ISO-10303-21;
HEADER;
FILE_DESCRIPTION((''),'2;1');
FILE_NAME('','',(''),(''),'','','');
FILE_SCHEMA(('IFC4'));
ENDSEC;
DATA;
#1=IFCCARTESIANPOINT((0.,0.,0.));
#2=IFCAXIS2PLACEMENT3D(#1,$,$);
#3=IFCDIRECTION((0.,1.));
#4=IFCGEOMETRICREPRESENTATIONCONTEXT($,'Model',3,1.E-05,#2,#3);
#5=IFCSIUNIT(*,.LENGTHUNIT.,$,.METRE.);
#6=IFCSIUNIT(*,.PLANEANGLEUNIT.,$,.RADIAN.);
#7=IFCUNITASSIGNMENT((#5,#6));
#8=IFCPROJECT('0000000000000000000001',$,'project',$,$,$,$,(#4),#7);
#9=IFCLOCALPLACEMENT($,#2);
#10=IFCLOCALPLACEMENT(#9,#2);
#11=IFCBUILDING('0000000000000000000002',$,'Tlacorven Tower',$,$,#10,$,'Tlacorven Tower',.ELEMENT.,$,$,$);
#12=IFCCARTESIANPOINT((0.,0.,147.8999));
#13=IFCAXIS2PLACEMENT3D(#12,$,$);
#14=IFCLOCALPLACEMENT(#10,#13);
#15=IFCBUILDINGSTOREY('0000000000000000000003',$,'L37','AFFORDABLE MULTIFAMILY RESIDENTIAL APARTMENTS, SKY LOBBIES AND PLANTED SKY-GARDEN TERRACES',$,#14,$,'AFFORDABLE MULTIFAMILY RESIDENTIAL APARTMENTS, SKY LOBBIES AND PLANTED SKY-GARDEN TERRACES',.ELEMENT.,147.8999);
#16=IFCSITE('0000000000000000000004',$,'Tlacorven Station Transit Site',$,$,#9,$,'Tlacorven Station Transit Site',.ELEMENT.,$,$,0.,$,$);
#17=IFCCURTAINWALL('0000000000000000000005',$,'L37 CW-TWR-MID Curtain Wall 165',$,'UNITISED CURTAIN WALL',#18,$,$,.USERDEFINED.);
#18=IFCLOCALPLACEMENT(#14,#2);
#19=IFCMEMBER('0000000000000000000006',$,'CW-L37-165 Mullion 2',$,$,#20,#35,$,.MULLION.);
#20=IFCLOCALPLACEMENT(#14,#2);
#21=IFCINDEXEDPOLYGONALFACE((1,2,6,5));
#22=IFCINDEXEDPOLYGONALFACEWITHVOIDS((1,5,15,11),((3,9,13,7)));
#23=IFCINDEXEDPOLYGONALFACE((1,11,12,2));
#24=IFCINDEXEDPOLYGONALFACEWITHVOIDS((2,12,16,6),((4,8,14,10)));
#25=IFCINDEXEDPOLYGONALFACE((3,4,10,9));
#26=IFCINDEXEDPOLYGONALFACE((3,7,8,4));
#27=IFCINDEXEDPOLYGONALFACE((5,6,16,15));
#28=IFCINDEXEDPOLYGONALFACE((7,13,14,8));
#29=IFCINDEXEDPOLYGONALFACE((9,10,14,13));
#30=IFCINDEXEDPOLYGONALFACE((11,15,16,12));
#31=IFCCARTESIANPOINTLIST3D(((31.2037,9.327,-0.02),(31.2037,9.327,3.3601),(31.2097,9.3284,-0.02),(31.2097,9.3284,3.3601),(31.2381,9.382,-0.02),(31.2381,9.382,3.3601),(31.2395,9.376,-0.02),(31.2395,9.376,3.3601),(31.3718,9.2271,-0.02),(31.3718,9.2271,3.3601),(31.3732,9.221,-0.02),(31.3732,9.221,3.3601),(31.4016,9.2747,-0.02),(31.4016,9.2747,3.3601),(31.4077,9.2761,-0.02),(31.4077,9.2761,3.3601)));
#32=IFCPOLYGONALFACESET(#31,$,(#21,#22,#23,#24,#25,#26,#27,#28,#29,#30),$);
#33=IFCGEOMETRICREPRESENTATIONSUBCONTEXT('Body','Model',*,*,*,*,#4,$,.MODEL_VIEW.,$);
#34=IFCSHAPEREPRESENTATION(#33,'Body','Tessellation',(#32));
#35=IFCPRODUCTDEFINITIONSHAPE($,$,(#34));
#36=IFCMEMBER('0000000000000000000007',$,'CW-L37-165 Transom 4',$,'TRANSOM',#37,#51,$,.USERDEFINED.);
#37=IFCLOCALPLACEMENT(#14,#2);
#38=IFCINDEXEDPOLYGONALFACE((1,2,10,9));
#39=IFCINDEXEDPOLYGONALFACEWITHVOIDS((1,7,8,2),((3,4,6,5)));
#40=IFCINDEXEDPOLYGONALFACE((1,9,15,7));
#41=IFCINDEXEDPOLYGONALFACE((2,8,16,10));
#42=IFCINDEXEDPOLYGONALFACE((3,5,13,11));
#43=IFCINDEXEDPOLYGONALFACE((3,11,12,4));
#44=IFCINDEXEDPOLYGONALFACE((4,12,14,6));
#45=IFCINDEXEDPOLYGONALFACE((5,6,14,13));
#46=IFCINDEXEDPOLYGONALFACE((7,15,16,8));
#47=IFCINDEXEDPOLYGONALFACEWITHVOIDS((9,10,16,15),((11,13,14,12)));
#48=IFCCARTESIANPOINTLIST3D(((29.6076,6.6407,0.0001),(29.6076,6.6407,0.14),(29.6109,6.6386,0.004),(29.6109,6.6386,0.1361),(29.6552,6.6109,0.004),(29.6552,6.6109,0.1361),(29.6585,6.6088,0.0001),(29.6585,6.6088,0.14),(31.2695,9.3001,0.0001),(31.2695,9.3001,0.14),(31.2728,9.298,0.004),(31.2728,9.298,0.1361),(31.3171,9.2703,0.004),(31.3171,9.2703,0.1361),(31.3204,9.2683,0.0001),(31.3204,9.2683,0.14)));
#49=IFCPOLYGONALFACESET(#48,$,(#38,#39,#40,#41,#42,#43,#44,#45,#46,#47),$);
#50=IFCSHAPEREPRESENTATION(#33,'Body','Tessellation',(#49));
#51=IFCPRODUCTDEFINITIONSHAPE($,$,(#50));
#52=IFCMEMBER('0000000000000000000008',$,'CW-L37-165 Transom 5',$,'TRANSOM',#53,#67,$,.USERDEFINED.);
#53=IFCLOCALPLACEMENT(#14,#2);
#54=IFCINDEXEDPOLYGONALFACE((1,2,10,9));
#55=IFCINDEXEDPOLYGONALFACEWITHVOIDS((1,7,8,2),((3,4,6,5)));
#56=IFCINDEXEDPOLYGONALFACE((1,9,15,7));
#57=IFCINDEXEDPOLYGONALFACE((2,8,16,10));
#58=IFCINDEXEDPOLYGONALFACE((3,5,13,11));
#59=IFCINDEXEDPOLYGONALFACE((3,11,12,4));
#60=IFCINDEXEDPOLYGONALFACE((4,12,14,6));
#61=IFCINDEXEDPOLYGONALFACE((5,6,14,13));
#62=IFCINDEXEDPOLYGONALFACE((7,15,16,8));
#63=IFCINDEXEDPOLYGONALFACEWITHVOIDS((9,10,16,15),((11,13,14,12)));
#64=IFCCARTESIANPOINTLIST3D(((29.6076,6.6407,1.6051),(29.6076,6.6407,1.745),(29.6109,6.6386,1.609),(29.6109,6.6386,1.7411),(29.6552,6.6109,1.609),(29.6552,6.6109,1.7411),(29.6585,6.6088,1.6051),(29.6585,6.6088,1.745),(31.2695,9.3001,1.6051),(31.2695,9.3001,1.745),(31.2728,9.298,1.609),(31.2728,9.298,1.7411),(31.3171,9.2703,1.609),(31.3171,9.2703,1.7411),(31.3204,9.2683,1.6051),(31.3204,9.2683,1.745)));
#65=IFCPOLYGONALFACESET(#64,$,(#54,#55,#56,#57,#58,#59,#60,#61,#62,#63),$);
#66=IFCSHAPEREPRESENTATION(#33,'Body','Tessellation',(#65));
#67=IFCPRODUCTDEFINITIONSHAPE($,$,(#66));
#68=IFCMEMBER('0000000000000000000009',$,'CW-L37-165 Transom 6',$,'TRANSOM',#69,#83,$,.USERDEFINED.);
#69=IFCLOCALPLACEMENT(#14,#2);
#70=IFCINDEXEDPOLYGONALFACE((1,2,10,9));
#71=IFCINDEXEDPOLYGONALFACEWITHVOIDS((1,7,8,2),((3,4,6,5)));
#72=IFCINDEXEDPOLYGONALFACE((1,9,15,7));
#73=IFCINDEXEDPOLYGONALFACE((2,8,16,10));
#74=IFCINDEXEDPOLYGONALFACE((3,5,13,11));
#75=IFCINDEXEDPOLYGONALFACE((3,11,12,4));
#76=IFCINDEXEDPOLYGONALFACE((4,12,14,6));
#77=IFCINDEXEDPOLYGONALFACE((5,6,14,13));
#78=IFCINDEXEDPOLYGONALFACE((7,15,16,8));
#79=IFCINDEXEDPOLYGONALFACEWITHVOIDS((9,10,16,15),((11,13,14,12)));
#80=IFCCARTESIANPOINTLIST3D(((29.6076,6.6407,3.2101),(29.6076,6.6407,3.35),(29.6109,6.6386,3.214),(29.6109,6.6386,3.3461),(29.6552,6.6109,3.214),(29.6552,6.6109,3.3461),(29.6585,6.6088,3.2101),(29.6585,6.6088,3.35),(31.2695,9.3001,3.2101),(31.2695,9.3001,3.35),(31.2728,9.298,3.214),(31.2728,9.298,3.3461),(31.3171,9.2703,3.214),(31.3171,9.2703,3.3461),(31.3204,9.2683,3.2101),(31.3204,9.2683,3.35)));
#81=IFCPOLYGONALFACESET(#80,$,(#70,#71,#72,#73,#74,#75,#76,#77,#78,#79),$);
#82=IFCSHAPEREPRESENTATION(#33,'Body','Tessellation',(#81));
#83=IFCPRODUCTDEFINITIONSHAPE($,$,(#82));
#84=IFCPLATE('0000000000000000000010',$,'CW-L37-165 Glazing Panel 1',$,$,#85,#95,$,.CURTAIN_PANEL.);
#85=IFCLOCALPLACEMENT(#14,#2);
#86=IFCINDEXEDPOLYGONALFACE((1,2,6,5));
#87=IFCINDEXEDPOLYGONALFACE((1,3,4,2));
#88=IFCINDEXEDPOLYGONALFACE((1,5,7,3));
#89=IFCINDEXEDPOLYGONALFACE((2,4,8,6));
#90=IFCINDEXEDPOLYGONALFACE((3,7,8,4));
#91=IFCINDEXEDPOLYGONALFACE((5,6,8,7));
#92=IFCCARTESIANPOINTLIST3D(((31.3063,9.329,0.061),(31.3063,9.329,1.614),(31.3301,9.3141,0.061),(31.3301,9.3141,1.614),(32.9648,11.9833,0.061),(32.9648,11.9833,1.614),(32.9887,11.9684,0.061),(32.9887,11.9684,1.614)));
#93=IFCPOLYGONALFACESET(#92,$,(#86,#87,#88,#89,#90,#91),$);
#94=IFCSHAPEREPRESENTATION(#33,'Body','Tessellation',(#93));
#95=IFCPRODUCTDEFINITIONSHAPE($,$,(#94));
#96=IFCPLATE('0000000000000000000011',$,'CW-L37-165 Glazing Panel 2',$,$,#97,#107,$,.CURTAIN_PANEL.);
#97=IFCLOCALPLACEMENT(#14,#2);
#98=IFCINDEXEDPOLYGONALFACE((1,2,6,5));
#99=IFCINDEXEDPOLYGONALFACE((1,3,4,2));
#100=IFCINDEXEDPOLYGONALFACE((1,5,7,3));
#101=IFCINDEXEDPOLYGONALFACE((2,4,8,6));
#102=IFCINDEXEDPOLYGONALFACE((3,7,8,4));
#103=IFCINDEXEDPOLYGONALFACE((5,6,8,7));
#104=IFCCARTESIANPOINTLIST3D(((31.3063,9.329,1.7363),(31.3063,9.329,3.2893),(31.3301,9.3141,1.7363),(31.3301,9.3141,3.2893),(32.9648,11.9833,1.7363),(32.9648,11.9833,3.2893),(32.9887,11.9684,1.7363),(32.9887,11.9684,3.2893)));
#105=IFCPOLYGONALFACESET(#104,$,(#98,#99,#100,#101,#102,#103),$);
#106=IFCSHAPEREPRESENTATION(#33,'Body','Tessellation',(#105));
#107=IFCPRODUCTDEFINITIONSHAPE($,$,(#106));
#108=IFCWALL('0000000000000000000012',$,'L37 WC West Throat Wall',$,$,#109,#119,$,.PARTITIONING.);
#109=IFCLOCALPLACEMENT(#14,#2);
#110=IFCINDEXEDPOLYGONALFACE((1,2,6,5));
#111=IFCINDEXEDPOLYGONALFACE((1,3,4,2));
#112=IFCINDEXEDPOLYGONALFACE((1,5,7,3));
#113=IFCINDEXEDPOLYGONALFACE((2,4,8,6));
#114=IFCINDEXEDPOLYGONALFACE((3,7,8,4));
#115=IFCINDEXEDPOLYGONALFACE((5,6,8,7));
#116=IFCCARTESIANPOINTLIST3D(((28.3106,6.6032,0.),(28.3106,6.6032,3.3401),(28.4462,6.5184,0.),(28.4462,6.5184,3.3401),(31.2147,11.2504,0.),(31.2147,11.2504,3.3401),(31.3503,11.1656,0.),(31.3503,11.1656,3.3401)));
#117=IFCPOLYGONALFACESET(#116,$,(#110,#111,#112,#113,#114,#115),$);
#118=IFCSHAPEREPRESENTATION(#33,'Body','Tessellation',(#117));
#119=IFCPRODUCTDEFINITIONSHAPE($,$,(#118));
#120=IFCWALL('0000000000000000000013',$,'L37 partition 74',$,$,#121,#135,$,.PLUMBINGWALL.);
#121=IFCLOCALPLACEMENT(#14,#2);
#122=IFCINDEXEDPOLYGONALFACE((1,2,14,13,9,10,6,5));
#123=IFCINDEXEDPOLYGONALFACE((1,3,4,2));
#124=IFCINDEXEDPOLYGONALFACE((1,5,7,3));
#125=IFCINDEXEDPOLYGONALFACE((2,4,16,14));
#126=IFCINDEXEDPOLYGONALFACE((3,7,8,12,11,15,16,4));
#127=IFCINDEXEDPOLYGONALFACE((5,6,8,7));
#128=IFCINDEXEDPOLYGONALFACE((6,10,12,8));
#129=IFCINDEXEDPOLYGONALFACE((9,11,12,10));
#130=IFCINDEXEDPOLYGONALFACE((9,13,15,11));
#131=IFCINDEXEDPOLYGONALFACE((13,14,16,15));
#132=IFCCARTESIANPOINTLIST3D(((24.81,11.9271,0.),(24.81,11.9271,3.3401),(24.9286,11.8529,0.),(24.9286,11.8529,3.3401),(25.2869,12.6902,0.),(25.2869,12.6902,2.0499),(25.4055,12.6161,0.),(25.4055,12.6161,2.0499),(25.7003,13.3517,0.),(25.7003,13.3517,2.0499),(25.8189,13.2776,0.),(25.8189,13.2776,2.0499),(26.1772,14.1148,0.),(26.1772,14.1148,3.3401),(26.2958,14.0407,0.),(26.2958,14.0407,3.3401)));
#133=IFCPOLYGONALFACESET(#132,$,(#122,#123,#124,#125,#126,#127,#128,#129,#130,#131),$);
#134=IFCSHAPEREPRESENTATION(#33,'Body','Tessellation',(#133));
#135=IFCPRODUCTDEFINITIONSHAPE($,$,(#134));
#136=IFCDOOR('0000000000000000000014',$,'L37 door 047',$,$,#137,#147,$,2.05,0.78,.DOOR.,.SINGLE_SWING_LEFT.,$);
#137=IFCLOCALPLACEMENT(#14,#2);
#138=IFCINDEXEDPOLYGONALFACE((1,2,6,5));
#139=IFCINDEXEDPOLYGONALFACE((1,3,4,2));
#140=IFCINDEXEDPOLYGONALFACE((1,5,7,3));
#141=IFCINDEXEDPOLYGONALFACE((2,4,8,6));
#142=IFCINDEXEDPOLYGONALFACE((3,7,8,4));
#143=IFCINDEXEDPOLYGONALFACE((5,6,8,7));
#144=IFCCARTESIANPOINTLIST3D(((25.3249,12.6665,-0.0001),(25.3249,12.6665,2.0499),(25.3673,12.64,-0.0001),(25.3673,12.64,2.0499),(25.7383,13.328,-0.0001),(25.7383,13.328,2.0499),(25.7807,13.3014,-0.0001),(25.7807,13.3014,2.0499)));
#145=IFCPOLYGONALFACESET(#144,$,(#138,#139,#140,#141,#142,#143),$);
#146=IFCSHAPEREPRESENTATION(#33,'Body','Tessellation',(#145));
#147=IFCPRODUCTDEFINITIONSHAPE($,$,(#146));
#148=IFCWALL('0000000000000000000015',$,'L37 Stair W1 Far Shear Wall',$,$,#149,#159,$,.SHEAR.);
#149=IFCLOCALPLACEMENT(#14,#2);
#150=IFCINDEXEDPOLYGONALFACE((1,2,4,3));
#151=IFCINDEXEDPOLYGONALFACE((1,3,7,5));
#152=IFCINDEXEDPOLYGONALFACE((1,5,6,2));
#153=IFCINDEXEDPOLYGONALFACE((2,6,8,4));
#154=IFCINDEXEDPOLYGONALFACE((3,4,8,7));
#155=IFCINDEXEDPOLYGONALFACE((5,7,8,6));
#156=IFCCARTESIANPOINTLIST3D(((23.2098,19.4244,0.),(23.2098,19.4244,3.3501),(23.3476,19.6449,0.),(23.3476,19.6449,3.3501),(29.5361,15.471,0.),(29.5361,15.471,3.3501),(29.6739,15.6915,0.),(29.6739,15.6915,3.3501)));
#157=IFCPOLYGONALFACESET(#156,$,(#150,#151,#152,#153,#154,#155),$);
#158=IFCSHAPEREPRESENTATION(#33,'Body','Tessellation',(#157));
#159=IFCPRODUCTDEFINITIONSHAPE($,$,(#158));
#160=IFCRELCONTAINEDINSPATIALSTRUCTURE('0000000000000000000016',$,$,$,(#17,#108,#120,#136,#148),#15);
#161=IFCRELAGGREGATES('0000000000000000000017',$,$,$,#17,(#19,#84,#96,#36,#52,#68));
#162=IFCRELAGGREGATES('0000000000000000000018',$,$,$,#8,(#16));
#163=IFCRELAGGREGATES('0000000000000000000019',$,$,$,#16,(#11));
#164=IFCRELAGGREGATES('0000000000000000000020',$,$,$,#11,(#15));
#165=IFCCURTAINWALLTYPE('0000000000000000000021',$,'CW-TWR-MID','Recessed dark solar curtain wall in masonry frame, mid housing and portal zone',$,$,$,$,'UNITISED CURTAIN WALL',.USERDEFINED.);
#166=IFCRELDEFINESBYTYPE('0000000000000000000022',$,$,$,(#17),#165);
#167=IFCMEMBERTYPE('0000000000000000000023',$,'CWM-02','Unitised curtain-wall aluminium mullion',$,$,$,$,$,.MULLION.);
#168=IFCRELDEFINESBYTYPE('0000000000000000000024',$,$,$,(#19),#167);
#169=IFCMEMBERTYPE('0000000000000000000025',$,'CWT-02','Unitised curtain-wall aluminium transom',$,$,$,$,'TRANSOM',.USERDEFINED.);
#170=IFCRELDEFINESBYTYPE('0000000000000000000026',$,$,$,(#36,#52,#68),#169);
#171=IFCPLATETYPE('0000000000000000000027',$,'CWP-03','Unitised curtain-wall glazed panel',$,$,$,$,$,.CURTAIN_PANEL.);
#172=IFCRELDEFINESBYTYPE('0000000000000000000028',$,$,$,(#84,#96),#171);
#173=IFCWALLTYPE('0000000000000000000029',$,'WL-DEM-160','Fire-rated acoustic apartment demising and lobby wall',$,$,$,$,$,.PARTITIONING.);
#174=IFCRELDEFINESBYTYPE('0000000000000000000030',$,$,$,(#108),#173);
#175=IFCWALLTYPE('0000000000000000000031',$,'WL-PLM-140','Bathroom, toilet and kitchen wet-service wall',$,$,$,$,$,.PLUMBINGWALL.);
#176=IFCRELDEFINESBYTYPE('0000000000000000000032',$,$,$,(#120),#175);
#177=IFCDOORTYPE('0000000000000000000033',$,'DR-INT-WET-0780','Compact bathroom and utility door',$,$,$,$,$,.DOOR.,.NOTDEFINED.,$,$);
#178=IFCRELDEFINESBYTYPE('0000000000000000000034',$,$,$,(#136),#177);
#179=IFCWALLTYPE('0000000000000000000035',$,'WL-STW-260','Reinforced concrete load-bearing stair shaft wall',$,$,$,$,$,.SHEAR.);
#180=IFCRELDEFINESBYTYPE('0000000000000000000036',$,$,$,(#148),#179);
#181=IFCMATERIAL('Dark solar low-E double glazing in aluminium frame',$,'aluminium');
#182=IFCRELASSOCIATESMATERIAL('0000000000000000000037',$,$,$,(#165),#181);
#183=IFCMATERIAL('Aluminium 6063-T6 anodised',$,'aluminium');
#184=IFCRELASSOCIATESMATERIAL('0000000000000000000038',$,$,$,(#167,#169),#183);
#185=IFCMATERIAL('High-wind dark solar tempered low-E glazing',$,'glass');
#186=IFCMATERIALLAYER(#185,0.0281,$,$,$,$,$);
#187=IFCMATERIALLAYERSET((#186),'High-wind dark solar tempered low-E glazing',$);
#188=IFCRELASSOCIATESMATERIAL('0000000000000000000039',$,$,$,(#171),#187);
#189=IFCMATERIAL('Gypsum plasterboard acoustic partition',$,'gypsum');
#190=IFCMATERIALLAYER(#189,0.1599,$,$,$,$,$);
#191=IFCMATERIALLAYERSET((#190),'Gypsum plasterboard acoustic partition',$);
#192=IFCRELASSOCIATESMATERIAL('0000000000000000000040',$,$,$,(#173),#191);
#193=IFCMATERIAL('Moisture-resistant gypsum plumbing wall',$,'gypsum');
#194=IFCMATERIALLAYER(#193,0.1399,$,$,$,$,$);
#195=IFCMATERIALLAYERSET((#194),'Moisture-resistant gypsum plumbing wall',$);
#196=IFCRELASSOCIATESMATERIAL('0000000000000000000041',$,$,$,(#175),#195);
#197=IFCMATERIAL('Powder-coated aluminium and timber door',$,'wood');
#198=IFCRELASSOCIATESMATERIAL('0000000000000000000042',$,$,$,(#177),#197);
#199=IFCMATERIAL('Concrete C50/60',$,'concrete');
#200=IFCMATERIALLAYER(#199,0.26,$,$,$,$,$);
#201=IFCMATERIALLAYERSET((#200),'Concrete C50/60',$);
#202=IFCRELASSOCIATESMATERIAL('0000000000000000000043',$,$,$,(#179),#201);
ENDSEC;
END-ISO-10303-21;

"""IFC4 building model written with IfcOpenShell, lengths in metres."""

from ifc_helpers import new_model, si_unit, direction, frame, frame_2d, origin, origin_2d, place, context, subcontext, project, spatial, rectangle, hollow_rectangle, extrude, source, transform, mapped, material, layer, layer_set, material_profile, profile_set, type_object, element, fill, aggregate, save


model = new_model("IFC4")

# Units and contexts
model_context = context("Model", 3, precision=1e-05, world=origin(), true_north=direction((0.0, 1.0)))
body_context = subcontext(model_context, "Body", "Model", "MODEL_VIEW")
ifc_project = project(units=[si_unit("LENGTHUNIT", "METRE"), si_unit("PLANEANGLEUNIT", "RADIAN")], contexts=[model_context])

# Site, building, storey
site_placement = place(None, origin())
site = spatial("IfcSite", under=ifc_project, at=site_placement, Name="Tlacorven Station Transit Site", LongName="Tlacorven Station Transit Site", CompositionType="ELEMENT", RefElevation=0.0)
building_placement = place(site_placement, origin())
building = spatial("IfcBuilding", under=site, at=building_placement, Name="Tlacorven Tower", LongName="Tlacorven Tower", CompositionType="ELEMENT")
storey_placement = place(building_placement, frame((0.0, 0.0, 147.8999)))
storey = spatial("IfcBuildingStorey", under=building, at=storey_placement, Name="L37", Description="AFFORDABLE MULTIFAMILY RESIDENTIAL APARTMENTS, SKY LOBBIES AND PLANTED SKY-GARDEN TERRACES", LongName="AFFORDABLE MULTIFAMILY RESIDENTIAL APARTMENTS, SKY LOBBIES AND PLANTED SKY-GARDEN TERRACES", CompositionType="ELEMENT", Elevation=147.8999)

# Curtain wall, members, plates
ifc_material_1 = material(Name="Dark solar low-E double glazing in aluminium frame", Category="aluminium")
curtain_wall_type = type_object("IfcCurtainWallType", Name="CW-TWR-MID", Description="Recessed dark solar curtain wall in masonry frame, mid housing and portal zone", ElementType="UNITISED CURTAIN WALL", PredefinedType="USERDEFINED", material=ifc_material_1)
curtain_wall_placement = place(storey_placement, origin())
curtain_wall = element("IfcCurtainWall", 1, at=curtain_wall_placement, inside=storey, type_object=curtain_wall_type, Name="L37 CW-TWR-MID Curtain Wall 165", ObjectType="UNITISED CURTAIN WALL", PredefinedType="USERDEFINED")
ifc_material_2 = material(Name="Aluminium 6063-T6 anodised", Category="aluminium")
ifc_material_profile_1 = material_profile(ifc_material_2, hollow_rectangle(XDim=0.0649, YDim=0.2, WallThickness=0.0044, at=origin_2d()), Name="ALU MULLION 65X200")
ifc_profile_set_1 = profile_set([ifc_material_profile_1], Name="Aluminium 6063-T6 anodised")
member_type_1 = type_object("IfcMemberType", Name="CWM-02", Description="Unitised curtain-wall aluminium mullion", PredefinedType="MULLION", material=ifc_profile_set_1)
shared_shape_1 = source(origin(), body_context, "Body", "SweptSolid", [
    extrude(hollow_rectangle(XDim=0.0649, YDim=0.2, WallThickness=0.0044, at=origin_2d()), origin(), (0.0, 0.0, 1.0), 3.3801),
])
member_1_placement = place(storey_placement, frame((31.3057, 9.3015, -0.02), z_axis=(0.0, 0.0, 1.0), x_axis=(-0.529919, -0.848048, 0.0)))
member_1 = element("IfcMember", 2, at=member_1_placement, type_object=member_type_1, Name="CW-L37-165 Mullion 2", PredefinedType="MULLION", context=body_context, shape_type="MappedRepresentation", body=[
    mapped(shared_shape_1, transform((0.0, 0.0, 0.0), scale=1.0)),
])
ifc_material_profile_2 = material_profile(ifc_material_2, hollow_rectangle(XDim=0.0601, YDim=0.1399, WallThickness=0.0039, at=origin_2d()), Name="ALU TRANSOM 60X140")
ifc_profile_set_2 = profile_set([ifc_material_profile_2], Name="Aluminium 6063-T6 anodised")
member_type_2 = type_object("IfcMemberType", Name="CWT-02", Description="Unitised curtain-wall aluminium transom", ElementType="TRANSOM", PredefinedType="USERDEFINED", material=ifc_profile_set_2)
shared_shape_2 = source(origin(), body_context, "Body", "SweptSolid", [
    extrude(hollow_rectangle(XDim=0.0601, YDim=0.1399, WallThickness=0.0039, at=origin_2d()), origin(), (0.0, 0.0, 1.0), 3.136),
])
member_2_placement = place(storey_placement, frame((31.2949, 9.2842, 0.0701), z_axis=(-0.529936, -0.848038, 0.0), x_axis=(0.848038, -0.529936, 0.0)))
member_2 = element("IfcMember", 3, at=member_2_placement, type_object=member_type_2, Name="CW-L37-165 Transom 4", ObjectType="TRANSOM", PredefinedType="USERDEFINED", context=body_context, shape_type="MappedRepresentation", body=[
    mapped(shared_shape_2, transform((0.0, 0.0, 0.0), scale=1.0)),
])
member_3_placement = place(storey_placement, frame((31.2949, 9.2842, 1.675), z_axis=(-0.529936, -0.848038, 0.0), x_axis=(0.848038, -0.529936, 0.0)))
member_3 = element("IfcMember", 4, at=member_3_placement, type_object=member_type_2, Name="CW-L37-165 Transom 5", ObjectType="TRANSOM", PredefinedType="USERDEFINED", context=body_context, shape_type="MappedRepresentation", body=[
    mapped(shared_shape_2, transform((0.0, 0.0, 0.0), scale=1.0)),
])
member_4_placement = place(storey_placement, frame((31.2949, 9.2842, 3.28), z_axis=(-0.529936, -0.848038, 0.0), x_axis=(0.848038, -0.529936, 0.0)))
member_4 = element("IfcMember", 5, at=member_4_placement, type_object=member_type_2, Name="CW-L37-165 Transom 6", ObjectType="TRANSOM", PredefinedType="USERDEFINED", context=body_context, shape_type="MappedRepresentation", body=[
    mapped(shared_shape_2, transform((0.0, 0.0, 0.0), scale=1.0)),
])
ifc_material_3 = material(Name="High-wind dark solar tempered low-E glazing", Category="glass")
ifc_layer_1 = layer(ifc_material_3, 0.0281)
ifc_layer_set_1 = layer_set([ifc_layer_1], Name="High-wind dark solar tempered low-E glazing")
plate_type = type_object("IfcPlateType", Name="CWP-03", Description="Unitised curtain-wall glazed panel", PredefinedType="CURTAIN_PANEL", material=ifc_layer_set_1)
shared_shape_3 = source(origin(), body_context, "Body", "SweptSolid", [
    extrude(rectangle(XDim=3.1299, YDim=0.0281, at=origin_2d()), origin(), (0.0, 0.0, 1.0), 1.553),
])
plate_1_placement = place(storey_placement, frame((32.1475, 10.6487, 0.061), z_axis=(0.0, 0.0, 1.0), x_axis=(-0.529919, -0.848048, 0.0)))
plate_1 = element("IfcPlate", 6, at=plate_1_placement, type_object=plate_type, Name="CW-L37-165 Glazing Panel 1", PredefinedType="CURTAIN_PANEL", context=body_context, shape_type="MappedRepresentation", body=[
    mapped(shared_shape_3, transform((0.0, 0.0, 0.0), scale=1.0)),
])
plate_2_placement = place(storey_placement, frame((32.1475, 10.6487, 1.7363), z_axis=(0.0, 0.0, 1.0), x_axis=(-0.529919, -0.848048, 0.0)))
plate_2 = element("IfcPlate", 7, at=plate_2_placement, type_object=plate_type, Name="CW-L37-165 Glazing Panel 2", PredefinedType="CURTAIN_PANEL", context=body_context, shape_type="MappedRepresentation", body=[
    mapped(shared_shape_3, transform((0.0, 0.0, 0.0), scale=1.0)),
])
aggregate(curtain_wall, [member_1, plate_1, plate_2, member_2, member_3, member_4])

# Wall
ifc_material_4 = material(Name="Gypsum plasterboard acoustic partition", Category="gypsum")
ifc_layer_2 = layer(ifc_material_4, 0.1599)
ifc_layer_set_2 = layer_set([ifc_layer_2], Name="Gypsum plasterboard acoustic partition")
wall_type_1 = type_object("IfcWallType", Name="WL-DEM-160", Description="Fire-rated acoustic apartment demising and lobby wall", PredefinedType="PARTITIONING", material=ifc_layer_set_2)
wall_1_placement = place(storey_placement, frame((31.2825, 11.208, 0.0), z_axis=(0.0, 0.0, 1.0), x_axis=(-0.529939, -0.848036, 0.0)))
element("IfcWall", 8, at=wall_1_placement, inside=storey, type_object=wall_type_1, Name="L37 WC West Throat Wall", PredefinedType="PARTITIONING", context=body_context, shape_type="SweptSolid", body=[
    extrude(rectangle(XDim=5.48, YDim=0.1599, at=frame_2d((2.74, 0.0))), origin(), (0.0, 0.0, 1.0), 3.3401),
])

# Wall, opening, door
ifc_material_5 = material(Name="Moisture-resistant gypsum plumbing wall", Category="gypsum")
ifc_layer_3 = layer(ifc_material_5, 0.1399)
ifc_layer_set_3 = layer_set([ifc_layer_3], Name="Moisture-resistant gypsum plumbing wall")
wall_type_2 = type_object("IfcWallType", Name="WL-PLM-140", Description="Bathroom, toilet and kitchen wet-service wall", PredefinedType="PLUMBINGWALL", material=ifc_layer_set_3)
wall_2_placement = place(storey_placement, frame((26.2366, 14.0779, 0.0), z_axis=(0.0, 0.0, 1.0), x_axis=(-0.529956, -0.848025, 0.0)))
wall_2 = element("IfcWall", 9, at=wall_2_placement, inside=storey, type_object=wall_type_2, Name="L37 partition 74", PredefinedType="PLUMBINGWALL", context=body_context, shape_type="SweptSolid", body=[
    extrude(rectangle(XDim=2.5798, YDim=0.1399, at=frame_2d((1.29, 0.0))), origin(), (0.0, 0.0, 1.0), 3.3401),
])
opening_placement = place(wall_2_placement, frame((0.8999, 0.0, 0.0)))
opening = element("IfcOpeningElement", 10, at=opening_placement, cuts=wall_2, PredefinedType="OPENING", context=body_context, shape_type="SweptSolid", body=[
    extrude(rectangle(XDim=0.78, YDim=2.05, at=frame_2d((0.3901, 1.0249))), frame((0.0, 0.0801, 0.0), z_axis=(0.0, -1.0, 0.0), x_axis=(1.0, 0.0, 0.0)), (0.0, 0.0, 1.0), 0.1599),
])
ifc_material_6 = material(Name="Powder-coated aluminium and timber door", Category="wood")
door_type = type_object("IfcDoorType", Name="DR-INT-WET-0780", Description="Compact bathroom and utility door", OperationType="NOTDEFINED", PredefinedType="DOOR", material=ifc_material_6)
shared_shape_4 = source(origin(), body_context, "Body", "SweptSolid", [
    extrude(rectangle(XDim=0.78, YDim=2.05, at=frame_2d((0.3901, 1.0249))), frame((0.0, 0.0249, 0.0), z_axis=(0.0, -1.0, 0.0), x_axis=(1.0, 0.0, 0.0)), (0.0, 0.0, 1.0), 0.05),
])
door_placement = place(opening_placement, origin())
door = element("IfcDoor", 11, at=door_placement, inside=storey, type_object=door_type, Name="L37 door 047", OperationType="SINGLE_SWING_LEFT", OverallHeight=2.05, OverallWidth=0.78, PredefinedType="DOOR", context=body_context, shape_type="MappedRepresentation", body=[
    mapped(shared_shape_4, transform((0.0, 0.0, 0.0), scale=1.0)),
])
fill(opening, door)

# Wall
ifc_material_7 = material(Name="Concrete C50/60", Category="concrete")
ifc_layer_4 = layer(ifc_material_7, 0.26)
ifc_layer_set_4 = layer_set([ifc_layer_4], Name="Concrete C50/60")
wall_type_3 = type_object("IfcWallType", Name="WL-STW-260", Description="Reinforced concrete load-bearing stair shaft wall", PredefinedType="SHEAR", material=ifc_layer_set_4)
wall_3_placement = place(storey_placement, frame((29.605, 15.5813, 0.0), z_axis=(0.0, 0.0, 1.0), x_axis=(-0.848037, 0.529937, 0.0)))
element("IfcWall", 12, at=wall_3_placement, inside=storey, type_object=wall_type_3, Name="L37 Stair W1 Far Shear Wall", PredefinedType="SHEAR", context=body_context, shape_type="SweptSolid", body=[
    extrude(rectangle(XDim=7.46, YDim=0.26, at=frame_2d((3.73, 0.0))), origin(), (0.0, 0.0, 1.0), 3.3501),
])

save(model, "model.ifc")
